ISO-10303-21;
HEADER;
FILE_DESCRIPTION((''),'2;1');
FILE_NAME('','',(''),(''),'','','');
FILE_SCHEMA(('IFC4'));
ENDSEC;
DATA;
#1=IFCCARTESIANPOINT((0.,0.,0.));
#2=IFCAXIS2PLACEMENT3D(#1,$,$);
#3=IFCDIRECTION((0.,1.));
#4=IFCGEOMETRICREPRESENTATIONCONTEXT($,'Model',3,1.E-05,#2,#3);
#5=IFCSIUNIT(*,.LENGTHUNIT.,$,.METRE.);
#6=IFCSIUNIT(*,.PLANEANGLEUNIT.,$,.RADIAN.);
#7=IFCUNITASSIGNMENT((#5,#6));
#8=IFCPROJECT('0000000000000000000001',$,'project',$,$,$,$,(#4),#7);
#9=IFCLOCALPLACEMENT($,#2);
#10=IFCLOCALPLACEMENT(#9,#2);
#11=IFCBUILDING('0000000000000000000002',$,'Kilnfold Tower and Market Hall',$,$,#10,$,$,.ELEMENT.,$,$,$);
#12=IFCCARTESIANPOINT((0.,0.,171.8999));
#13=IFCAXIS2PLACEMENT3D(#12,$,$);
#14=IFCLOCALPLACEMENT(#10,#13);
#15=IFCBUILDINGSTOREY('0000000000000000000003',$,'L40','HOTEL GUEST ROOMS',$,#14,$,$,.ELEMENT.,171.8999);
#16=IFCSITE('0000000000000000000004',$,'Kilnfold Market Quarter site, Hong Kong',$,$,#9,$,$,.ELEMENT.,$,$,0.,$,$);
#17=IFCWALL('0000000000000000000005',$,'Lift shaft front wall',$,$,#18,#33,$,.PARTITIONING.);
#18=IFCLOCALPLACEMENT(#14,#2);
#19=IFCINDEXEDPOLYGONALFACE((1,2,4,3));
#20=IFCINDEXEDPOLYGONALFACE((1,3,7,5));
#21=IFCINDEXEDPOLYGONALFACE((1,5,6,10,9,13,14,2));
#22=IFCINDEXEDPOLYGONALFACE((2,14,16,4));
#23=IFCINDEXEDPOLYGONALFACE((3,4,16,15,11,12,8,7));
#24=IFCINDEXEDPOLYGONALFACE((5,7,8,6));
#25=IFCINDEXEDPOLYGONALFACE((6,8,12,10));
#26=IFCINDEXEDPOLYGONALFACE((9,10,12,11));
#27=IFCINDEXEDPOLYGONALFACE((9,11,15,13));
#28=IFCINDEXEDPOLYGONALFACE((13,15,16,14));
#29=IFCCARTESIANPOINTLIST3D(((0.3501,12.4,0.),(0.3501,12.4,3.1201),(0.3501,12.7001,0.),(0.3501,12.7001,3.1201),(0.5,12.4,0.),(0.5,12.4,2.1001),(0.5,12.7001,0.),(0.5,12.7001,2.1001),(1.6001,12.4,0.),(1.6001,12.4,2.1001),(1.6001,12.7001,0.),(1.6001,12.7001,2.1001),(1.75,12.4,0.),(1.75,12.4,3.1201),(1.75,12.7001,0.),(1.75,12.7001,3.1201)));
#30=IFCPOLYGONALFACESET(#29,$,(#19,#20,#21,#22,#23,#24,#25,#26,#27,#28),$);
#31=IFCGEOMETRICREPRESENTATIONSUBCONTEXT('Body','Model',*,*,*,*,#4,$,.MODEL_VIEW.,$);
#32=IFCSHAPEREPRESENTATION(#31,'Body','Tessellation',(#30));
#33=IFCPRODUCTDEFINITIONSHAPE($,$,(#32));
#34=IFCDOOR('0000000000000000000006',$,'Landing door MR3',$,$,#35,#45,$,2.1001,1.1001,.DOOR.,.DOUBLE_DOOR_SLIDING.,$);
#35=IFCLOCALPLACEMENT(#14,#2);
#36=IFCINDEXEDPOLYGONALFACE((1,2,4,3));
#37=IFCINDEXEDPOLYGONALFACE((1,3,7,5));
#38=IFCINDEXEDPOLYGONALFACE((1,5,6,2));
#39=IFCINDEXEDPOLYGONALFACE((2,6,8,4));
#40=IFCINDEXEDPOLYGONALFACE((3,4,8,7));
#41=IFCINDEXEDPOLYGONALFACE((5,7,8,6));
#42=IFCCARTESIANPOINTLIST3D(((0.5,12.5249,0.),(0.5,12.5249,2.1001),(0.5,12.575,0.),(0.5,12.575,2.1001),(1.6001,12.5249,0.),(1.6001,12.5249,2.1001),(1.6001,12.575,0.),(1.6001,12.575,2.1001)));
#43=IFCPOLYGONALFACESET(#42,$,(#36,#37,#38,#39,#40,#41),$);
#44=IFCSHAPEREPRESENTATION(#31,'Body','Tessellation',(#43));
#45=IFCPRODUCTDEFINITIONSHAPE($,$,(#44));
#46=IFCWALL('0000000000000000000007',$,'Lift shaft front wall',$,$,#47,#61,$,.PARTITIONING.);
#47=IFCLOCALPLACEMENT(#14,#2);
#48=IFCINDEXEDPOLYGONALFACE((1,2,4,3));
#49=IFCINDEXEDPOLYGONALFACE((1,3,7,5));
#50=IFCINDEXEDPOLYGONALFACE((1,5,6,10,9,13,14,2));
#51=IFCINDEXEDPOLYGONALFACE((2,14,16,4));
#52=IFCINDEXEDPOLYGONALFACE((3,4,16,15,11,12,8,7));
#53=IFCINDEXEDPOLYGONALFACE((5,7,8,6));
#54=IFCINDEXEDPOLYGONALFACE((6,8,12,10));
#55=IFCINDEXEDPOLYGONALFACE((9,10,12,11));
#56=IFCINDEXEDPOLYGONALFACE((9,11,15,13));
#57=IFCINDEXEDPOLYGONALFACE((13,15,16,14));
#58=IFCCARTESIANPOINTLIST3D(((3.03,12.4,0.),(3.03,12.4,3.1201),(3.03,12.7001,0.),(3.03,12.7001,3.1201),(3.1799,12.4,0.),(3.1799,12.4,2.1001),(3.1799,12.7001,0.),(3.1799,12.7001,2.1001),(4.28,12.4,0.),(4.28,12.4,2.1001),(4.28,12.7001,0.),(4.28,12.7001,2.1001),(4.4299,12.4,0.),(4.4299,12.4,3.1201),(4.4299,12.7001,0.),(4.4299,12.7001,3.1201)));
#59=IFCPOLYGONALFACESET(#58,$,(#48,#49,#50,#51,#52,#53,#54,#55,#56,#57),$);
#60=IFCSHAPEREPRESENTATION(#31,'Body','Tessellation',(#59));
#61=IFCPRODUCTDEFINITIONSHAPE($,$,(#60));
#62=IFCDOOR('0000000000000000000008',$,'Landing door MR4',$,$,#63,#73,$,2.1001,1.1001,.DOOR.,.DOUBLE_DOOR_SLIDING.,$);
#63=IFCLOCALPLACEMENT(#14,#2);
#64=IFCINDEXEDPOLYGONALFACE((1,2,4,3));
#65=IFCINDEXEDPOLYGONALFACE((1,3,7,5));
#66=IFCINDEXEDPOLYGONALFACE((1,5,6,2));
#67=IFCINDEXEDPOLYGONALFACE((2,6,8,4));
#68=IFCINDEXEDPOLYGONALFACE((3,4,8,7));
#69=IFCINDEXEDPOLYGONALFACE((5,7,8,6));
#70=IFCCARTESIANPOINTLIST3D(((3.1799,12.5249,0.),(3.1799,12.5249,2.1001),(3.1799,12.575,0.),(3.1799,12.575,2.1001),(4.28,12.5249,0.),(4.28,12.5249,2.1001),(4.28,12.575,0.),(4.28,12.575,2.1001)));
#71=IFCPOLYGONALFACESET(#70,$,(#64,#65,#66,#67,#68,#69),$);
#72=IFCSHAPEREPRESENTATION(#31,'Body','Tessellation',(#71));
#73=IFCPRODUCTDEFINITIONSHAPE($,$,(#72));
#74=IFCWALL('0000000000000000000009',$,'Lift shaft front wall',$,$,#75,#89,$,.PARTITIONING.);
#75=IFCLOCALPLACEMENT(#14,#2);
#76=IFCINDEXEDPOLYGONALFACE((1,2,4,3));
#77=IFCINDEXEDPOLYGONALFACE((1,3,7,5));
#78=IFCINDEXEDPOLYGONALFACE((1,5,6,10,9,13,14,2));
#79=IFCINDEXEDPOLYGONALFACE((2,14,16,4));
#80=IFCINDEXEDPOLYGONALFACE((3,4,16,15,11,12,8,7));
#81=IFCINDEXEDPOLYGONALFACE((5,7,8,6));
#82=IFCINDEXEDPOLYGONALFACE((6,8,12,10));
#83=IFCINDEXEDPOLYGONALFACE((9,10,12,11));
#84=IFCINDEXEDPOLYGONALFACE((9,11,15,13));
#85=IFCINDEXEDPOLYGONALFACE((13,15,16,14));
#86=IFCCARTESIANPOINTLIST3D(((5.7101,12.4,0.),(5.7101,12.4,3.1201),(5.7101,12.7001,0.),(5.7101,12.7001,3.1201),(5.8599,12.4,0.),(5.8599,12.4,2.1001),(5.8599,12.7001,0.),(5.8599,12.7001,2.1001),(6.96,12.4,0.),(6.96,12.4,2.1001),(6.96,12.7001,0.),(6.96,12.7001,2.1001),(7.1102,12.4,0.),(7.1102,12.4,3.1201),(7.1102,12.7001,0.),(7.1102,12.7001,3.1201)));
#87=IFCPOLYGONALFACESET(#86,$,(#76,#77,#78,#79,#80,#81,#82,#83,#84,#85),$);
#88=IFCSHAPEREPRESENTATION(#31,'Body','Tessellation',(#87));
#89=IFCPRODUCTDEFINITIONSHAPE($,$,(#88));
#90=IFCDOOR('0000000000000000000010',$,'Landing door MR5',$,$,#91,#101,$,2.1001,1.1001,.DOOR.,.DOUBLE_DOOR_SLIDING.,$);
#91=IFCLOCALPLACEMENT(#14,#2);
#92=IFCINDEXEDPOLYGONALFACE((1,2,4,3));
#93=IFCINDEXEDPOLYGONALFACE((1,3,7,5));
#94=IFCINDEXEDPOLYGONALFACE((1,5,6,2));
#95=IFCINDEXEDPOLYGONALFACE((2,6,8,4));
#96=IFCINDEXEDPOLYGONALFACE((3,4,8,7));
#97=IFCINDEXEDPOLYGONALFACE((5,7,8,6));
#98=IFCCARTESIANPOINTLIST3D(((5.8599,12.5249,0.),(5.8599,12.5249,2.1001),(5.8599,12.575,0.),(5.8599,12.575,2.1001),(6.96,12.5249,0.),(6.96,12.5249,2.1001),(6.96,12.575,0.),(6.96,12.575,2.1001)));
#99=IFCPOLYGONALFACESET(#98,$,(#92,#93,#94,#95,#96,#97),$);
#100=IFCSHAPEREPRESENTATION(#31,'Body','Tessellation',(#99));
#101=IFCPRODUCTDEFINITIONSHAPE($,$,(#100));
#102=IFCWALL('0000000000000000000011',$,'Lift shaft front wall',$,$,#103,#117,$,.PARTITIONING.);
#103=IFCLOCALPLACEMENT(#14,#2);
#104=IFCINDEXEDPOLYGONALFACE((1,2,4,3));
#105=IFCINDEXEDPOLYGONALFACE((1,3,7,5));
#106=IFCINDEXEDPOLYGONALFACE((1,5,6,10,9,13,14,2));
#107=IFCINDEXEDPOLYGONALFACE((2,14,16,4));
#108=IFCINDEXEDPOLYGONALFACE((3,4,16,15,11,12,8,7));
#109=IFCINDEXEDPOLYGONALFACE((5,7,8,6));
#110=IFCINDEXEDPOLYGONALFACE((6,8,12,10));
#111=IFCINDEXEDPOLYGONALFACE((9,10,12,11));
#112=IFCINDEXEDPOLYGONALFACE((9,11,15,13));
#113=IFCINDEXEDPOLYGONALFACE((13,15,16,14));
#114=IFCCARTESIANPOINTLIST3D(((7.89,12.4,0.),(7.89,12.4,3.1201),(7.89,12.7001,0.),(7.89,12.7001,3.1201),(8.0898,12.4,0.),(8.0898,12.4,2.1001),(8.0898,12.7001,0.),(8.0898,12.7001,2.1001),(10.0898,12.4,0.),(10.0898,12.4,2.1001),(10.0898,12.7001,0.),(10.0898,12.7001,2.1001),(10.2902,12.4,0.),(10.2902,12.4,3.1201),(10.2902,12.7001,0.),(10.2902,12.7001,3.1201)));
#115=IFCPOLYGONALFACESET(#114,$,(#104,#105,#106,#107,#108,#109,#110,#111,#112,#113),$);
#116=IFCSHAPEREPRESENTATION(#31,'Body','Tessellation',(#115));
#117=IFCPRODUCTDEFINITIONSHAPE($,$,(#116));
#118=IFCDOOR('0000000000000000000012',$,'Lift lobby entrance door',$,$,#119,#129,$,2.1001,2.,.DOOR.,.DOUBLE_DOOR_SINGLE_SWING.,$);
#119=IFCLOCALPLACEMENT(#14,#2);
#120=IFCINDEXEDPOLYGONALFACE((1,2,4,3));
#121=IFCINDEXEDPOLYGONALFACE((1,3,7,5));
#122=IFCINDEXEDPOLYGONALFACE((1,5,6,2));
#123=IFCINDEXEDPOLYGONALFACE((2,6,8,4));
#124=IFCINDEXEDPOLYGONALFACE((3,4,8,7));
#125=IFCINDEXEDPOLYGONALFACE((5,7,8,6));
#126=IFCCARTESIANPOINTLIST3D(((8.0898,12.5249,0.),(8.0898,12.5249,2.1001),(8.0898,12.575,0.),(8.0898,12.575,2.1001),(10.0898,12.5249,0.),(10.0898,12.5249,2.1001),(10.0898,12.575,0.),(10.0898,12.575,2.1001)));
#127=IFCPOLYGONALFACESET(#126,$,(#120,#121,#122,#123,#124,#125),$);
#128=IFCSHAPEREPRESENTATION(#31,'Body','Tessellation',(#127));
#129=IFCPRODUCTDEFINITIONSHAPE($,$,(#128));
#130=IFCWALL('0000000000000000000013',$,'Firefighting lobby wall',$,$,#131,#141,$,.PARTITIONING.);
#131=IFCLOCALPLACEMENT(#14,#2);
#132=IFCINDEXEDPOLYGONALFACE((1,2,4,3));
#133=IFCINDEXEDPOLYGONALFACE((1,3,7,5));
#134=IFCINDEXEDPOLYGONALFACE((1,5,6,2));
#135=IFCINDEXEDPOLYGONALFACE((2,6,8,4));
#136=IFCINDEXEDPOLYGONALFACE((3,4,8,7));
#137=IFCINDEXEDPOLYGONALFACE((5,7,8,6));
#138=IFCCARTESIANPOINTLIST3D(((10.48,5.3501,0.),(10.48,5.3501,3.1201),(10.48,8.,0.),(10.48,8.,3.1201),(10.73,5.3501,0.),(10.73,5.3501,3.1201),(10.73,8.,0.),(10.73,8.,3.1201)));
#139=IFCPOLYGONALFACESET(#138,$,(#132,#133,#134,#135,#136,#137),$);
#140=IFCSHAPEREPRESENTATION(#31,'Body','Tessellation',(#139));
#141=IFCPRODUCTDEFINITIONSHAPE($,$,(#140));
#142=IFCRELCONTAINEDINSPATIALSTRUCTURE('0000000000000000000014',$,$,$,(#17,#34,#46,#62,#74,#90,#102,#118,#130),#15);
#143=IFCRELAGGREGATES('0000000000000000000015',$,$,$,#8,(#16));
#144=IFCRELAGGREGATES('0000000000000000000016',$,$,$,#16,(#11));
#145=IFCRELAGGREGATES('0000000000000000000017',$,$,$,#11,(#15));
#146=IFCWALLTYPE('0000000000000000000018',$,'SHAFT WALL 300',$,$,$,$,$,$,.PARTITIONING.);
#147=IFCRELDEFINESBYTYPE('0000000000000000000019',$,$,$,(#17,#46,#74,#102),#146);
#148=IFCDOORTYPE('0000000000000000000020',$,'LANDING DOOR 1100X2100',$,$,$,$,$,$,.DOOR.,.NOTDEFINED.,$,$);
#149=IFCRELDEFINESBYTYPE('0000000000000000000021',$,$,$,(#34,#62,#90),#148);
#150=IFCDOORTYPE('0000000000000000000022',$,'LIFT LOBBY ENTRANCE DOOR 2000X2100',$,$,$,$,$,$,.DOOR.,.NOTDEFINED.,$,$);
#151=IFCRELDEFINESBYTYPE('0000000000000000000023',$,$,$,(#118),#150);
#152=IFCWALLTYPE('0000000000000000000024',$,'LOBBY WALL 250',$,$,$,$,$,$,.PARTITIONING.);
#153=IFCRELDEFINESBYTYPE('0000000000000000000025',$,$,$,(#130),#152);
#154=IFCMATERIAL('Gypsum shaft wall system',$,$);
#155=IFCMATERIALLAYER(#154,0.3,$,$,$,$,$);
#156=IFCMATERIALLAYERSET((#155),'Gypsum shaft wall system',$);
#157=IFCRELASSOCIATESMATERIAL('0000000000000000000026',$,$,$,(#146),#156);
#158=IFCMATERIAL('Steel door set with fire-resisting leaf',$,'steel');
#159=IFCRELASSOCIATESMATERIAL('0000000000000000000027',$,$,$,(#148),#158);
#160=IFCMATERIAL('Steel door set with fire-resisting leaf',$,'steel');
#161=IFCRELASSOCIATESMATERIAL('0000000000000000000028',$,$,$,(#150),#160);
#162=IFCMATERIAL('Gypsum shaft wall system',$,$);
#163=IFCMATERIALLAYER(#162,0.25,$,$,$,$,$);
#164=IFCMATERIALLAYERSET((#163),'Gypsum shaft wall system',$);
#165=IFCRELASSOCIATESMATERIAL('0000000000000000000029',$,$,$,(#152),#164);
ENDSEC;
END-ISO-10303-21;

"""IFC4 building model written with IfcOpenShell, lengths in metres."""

from ifc_helpers import new_model, si_unit, direction, frame, frame_2d, origin, place, context, subcontext, project, spatial, rectangle, extrude, source, transform, mapped, material, layer, layer_set, type_object, element, fill, save


model = new_model("IFC4")

# Units and contexts
model_context = context("Model", 3, precision=1e-05, world=origin(), true_north=direction((0.0, 1.0)))
body_context = subcontext(model_context, "Body", "Model", "MODEL_VIEW")
ifc_project = project(units=[si_unit("LENGTHUNIT", "METRE"), si_unit("PLANEANGLEUNIT", "RADIAN")], contexts=[model_context])

# Site, building, storey
site_placement = place(None, origin())
site = spatial("IfcSite", under=ifc_project, at=site_placement, Name="Kilnfold Market Quarter site, Hong Kong", CompositionType="ELEMENT", RefElevation=0.0)
building_placement = place(site_placement, origin())
building = spatial("IfcBuilding", under=site, at=building_placement, Name="Kilnfold Tower and Market Hall", CompositionType="ELEMENT")
storey_placement = place(building_placement, frame((0.0, 0.0, 171.8999)))
storey = spatial("IfcBuildingStorey", under=building, at=storey_placement, Name="L40", Description="HOTEL GUEST ROOMS", CompositionType="ELEMENT", Elevation=171.8999)

# Walls, openings, doors
ifc_material_1 = material(Name="Gypsum shaft wall system")
ifc_layer_1 = layer(ifc_material_1, 0.3)
ifc_layer_set_1 = layer_set([ifc_layer_1], Name="Gypsum shaft wall system")
wall_type_1 = type_object("IfcWallType", Name="SHAFT WALL 300", PredefinedType="PARTITIONING", material=ifc_layer_set_1)
shared_shape_1 = source(origin(), body_context, "Body", "SweptSolid", [
    extrude(rectangle(XDim=1.3999, YDim=0.3, at=frame_2d((0.7, 0.0))), origin(), (0.0, 0.0, 1.0), 3.1201),
])
wall_1_placement = place(storey_placement, frame((0.3501, 12.55, 0.0), z_axis=(0.0, 0.0, 1.0), x_axis=(1.0, 0.0, 0.0)))
wall_1 = element("IfcWall", 1, at=wall_1_placement, inside=storey, type_object=wall_type_1, Name="Lift shaft front wall", PredefinedType="PARTITIONING", context=body_context, shape_type="MappedRepresentation", body=[
    mapped(shared_shape_1, transform((0.0, 0.0, 0.0))),
])
opening_1_placement = place(wall_1_placement, frame((0.1499, 0.0, 0.0)))
opening_1 = element("IfcOpeningElement", 2, at=opening_1_placement, cuts=wall_1, PredefinedType="OPENING", context=body_context, shape_type="SweptSolid", body=[
    extrude(rectangle(XDim=1.1001, YDim=2.1001, at=frame_2d((0.55, 1.05))), frame((0.0, 0.1602, 0.0), z_axis=(0.0, -1.0, 0.0), x_axis=(1.0, 0.0, 0.0)), (0.0, 0.0, 1.0), 0.3201),
])
ifc_material_2 = material(Name="Steel door set with fire-resisting leaf", Category="steel")
door_type_1 = type_object("IfcDoorType", Name="LANDING DOOR 1100X2100", OperationType="NOTDEFINED", PredefinedType="DOOR", material=ifc_material_2)
door_1_placement = place(opening_1_placement, origin())
door_1 = element("IfcDoor", 3, at=door_1_placement, inside=storey, type_object=door_type_1, Name="Landing door MR3", OperationType="DOUBLE_DOOR_SLIDING", OverallHeight=2.1001, OverallWidth=1.1001, PredefinedType="DOOR", context=body_context, shape_type="SweptSolid", body=[
    extrude(rectangle(XDim=1.1001, YDim=2.1001, at=frame_2d((0.55, 1.05))), frame((0.0, 0.0249, 0.0), z_axis=(0.0, -1.0, 0.0), x_axis=(1.0, 0.0, 0.0)), (0.0, 0.0, 1.0), 0.05),
])
fill(opening_1, door_1)
wall_2_placement = place(storey_placement, frame((3.03, 12.55, 0.0), z_axis=(0.0, 0.0, 1.0), x_axis=(1.0, 0.0, 0.0)))
wall_2 = element("IfcWall", 4, at=wall_2_placement, inside=storey, type_object=wall_type_1, Name="Lift shaft front wall", PredefinedType="PARTITIONING", context=body_context, shape_type="MappedRepresentation", body=[
    mapped(shared_shape_1, transform((0.0, 0.0, 0.0))),
])
opening_2_placement = place(wall_2_placement, frame((0.1499, 0.0, 0.0)))
opening_2 = element("IfcOpeningElement", 5, at=opening_2_placement, cuts=wall_2, PredefinedType="OPENING", context=body_context, shape_type="SweptSolid", body=[
    extrude(rectangle(XDim=1.1001, YDim=2.1001, at=frame_2d((0.55, 1.05))), frame((0.0, 0.1602, 0.0), z_axis=(0.0, -1.0, 0.0), x_axis=(1.0, 0.0, 0.0)), (0.0, 0.0, 1.0), 0.3201),
])
door_2_placement = place(opening_2_placement, origin())
door_2 = element("IfcDoor", 6, at=door_2_placement, inside=storey, type_object=door_type_1, Name="Landing door MR4", OperationType="DOUBLE_DOOR_SLIDING", OverallHeight=2.1001, OverallWidth=1.1001, PredefinedType="DOOR", context=body_context, shape_type="SweptSolid", body=[
    extrude(rectangle(XDim=1.1001, YDim=2.1001, at=frame_2d((0.55, 1.05))), frame((0.0, 0.0249, 0.0), z_axis=(0.0, -1.0, 0.0), x_axis=(1.0, 0.0, 0.0)), (0.0, 0.0, 1.0), 0.05),
])
fill(opening_2, door_2)
shared_shape_2 = source(origin(), body_context, "Body", "SweptSolid", [
    extrude(rectangle(XDim=1.4001, YDim=0.3, at=frame_2d((0.7002, 0.0))), origin(), (0.0, 0.0, 1.0), 3.1201),
])
wall_3_placement = place(storey_placement, frame((5.71, 12.55, 0.0), z_axis=(0.0, 0.0, 1.0), x_axis=(1.0, 0.0, 0.0)))
wall_3 = element("IfcWall", 7, at=wall_3_placement, inside=storey, type_object=wall_type_1, Name="Lift shaft front wall", PredefinedType="PARTITIONING", context=body_context, shape_type="MappedRepresentation", body=[
    mapped(shared_shape_2, transform((0.0, 0.0, 0.0))),
])
opening_3_placement = place(wall_3_placement, frame((0.1499, 0.0, 0.0)))
opening_3 = element("IfcOpeningElement", 8, at=opening_3_placement, cuts=wall_3, PredefinedType="OPENING", context=body_context, shape_type="SweptSolid", body=[
    extrude(rectangle(XDim=1.1001, YDim=2.1001, at=frame_2d((0.55, 1.05))), frame((0.0, 0.1602, 0.0), z_axis=(0.0, -1.0, 0.0), x_axis=(1.0, 0.0, 0.0)), (0.0, 0.0, 1.0), 0.3201),
])
door_3_placement = place(opening_3_placement, origin())
door_3 = element("IfcDoor", 9, at=door_3_placement, inside=storey, type_object=door_type_1, Name="Landing door MR5", OperationType="DOUBLE_DOOR_SLIDING", OverallHeight=2.1001, OverallWidth=1.1001, PredefinedType="DOOR", context=body_context, shape_type="SweptSolid", body=[
    extrude(rectangle(XDim=1.1001, YDim=2.1001, at=frame_2d((0.55, 1.05))), frame((0.0, 0.0249, 0.0), z_axis=(0.0, -1.0, 0.0), x_axis=(1.0, 0.0, 0.0)), (0.0, 0.0, 1.0), 0.05),
])
fill(opening_3, door_3)
shared_shape_3 = source(origin(), body_context, "Body", "SweptSolid", [
    extrude(rectangle(XDim=2.4001, YDim=0.3, at=frame_2d((1.2002, 0.0))), origin(), (0.0, 0.0, 1.0), 3.1201),
])
wall_4_placement = place(storey_placement, frame((7.8899, 12.55, 0.0), z_axis=(0.0, 0.0, 1.0), x_axis=(1.0, 0.0, 0.0)))
wall_4 = element("IfcWall", 10, at=wall_4_placement, inside=storey, type_object=wall_type_1, Name="Lift shaft front wall", PredefinedType="PARTITIONING", context=body_context, shape_type="MappedRepresentation", body=[
    mapped(shared_shape_3, transform((0.0, 0.0, 0.0))),
])
opening_4_placement = place(wall_4_placement, frame((0.2, 0.0, 0.0)))
opening_4 = element("IfcOpeningElement", 11, at=opening_4_placement, cuts=wall_4, PredefinedType="OPENING", context=body_context, shape_type="SweptSolid", body=[
    extrude(rectangle(XDim=2.0, YDim=2.1001, at=frame_2d((1.0, 1.05))), frame((0.0, 0.1602, 0.0), z_axis=(0.0, -1.0, 0.0), x_axis=(1.0, 0.0, 0.0)), (0.0, 0.0, 1.0), 0.3201),
])
ifc_material_3 = material(Name="Steel door set with fire-resisting leaf", Category="steel")
door_type_2 = type_object("IfcDoorType", Name="LIFT LOBBY ENTRANCE DOOR 2000X2100", OperationType="NOTDEFINED", PredefinedType="DOOR", material=ifc_material_3)
door_4_placement = place(opening_4_placement, origin())
door_4 = element("IfcDoor", 12, at=door_4_placement, inside=storey, type_object=door_type_2, Name="Lift lobby entrance door", OperationType="DOUBLE_DOOR_SINGLE_SWING", OverallHeight=2.1001, OverallWidth=2.0, PredefinedType="DOOR", context=body_context, shape_type="SweptSolid", body=[
    extrude(rectangle(XDim=2.0, YDim=2.1001, at=frame_2d((1.0, 1.05))), frame((0.0, 0.0249, 0.0), z_axis=(0.0, -1.0, 0.0), x_axis=(1.0, 0.0, 0.0)), (0.0, 0.0, 1.0), 0.05),
])
fill(opening_4, door_4)

# Wall
ifc_material_4 = material(Name="Gypsum shaft wall system")
ifc_layer_2 = layer(ifc_material_4, 0.25)
ifc_layer_set_2 = layer_set([ifc_layer_2], Name="Gypsum shaft wall system")
wall_type_2 = type_object("IfcWallType", Name="LOBBY WALL 250", PredefinedType="PARTITIONING", material=ifc_layer_set_2)
shared_shape_4 = source(origin(), body_context, "Body", "SweptSolid", [
    extrude(rectangle(XDim=2.6499, YDim=0.25, at=frame_2d((1.325, 0.0))), origin(), (0.0, 0.0, 1.0), 3.1201),
])
wall_5_placement = place(storey_placement, frame((10.605, 5.3501, 0.0), z_axis=(0.0, 0.0, 1.0), x_axis=(0.0, 1.0, 0.0)))
element("IfcWall", 13, at=wall_5_placement, inside=storey, type_object=wall_type_2, Name="Firefighting lobby wall", PredefinedType="PARTITIONING", context=body_context, shape_type="MappedRepresentation", body=[
    mapped(shared_shape_4, transform((0.0, 0.0, 0.0))),
])

save(model, "model.ifc")
